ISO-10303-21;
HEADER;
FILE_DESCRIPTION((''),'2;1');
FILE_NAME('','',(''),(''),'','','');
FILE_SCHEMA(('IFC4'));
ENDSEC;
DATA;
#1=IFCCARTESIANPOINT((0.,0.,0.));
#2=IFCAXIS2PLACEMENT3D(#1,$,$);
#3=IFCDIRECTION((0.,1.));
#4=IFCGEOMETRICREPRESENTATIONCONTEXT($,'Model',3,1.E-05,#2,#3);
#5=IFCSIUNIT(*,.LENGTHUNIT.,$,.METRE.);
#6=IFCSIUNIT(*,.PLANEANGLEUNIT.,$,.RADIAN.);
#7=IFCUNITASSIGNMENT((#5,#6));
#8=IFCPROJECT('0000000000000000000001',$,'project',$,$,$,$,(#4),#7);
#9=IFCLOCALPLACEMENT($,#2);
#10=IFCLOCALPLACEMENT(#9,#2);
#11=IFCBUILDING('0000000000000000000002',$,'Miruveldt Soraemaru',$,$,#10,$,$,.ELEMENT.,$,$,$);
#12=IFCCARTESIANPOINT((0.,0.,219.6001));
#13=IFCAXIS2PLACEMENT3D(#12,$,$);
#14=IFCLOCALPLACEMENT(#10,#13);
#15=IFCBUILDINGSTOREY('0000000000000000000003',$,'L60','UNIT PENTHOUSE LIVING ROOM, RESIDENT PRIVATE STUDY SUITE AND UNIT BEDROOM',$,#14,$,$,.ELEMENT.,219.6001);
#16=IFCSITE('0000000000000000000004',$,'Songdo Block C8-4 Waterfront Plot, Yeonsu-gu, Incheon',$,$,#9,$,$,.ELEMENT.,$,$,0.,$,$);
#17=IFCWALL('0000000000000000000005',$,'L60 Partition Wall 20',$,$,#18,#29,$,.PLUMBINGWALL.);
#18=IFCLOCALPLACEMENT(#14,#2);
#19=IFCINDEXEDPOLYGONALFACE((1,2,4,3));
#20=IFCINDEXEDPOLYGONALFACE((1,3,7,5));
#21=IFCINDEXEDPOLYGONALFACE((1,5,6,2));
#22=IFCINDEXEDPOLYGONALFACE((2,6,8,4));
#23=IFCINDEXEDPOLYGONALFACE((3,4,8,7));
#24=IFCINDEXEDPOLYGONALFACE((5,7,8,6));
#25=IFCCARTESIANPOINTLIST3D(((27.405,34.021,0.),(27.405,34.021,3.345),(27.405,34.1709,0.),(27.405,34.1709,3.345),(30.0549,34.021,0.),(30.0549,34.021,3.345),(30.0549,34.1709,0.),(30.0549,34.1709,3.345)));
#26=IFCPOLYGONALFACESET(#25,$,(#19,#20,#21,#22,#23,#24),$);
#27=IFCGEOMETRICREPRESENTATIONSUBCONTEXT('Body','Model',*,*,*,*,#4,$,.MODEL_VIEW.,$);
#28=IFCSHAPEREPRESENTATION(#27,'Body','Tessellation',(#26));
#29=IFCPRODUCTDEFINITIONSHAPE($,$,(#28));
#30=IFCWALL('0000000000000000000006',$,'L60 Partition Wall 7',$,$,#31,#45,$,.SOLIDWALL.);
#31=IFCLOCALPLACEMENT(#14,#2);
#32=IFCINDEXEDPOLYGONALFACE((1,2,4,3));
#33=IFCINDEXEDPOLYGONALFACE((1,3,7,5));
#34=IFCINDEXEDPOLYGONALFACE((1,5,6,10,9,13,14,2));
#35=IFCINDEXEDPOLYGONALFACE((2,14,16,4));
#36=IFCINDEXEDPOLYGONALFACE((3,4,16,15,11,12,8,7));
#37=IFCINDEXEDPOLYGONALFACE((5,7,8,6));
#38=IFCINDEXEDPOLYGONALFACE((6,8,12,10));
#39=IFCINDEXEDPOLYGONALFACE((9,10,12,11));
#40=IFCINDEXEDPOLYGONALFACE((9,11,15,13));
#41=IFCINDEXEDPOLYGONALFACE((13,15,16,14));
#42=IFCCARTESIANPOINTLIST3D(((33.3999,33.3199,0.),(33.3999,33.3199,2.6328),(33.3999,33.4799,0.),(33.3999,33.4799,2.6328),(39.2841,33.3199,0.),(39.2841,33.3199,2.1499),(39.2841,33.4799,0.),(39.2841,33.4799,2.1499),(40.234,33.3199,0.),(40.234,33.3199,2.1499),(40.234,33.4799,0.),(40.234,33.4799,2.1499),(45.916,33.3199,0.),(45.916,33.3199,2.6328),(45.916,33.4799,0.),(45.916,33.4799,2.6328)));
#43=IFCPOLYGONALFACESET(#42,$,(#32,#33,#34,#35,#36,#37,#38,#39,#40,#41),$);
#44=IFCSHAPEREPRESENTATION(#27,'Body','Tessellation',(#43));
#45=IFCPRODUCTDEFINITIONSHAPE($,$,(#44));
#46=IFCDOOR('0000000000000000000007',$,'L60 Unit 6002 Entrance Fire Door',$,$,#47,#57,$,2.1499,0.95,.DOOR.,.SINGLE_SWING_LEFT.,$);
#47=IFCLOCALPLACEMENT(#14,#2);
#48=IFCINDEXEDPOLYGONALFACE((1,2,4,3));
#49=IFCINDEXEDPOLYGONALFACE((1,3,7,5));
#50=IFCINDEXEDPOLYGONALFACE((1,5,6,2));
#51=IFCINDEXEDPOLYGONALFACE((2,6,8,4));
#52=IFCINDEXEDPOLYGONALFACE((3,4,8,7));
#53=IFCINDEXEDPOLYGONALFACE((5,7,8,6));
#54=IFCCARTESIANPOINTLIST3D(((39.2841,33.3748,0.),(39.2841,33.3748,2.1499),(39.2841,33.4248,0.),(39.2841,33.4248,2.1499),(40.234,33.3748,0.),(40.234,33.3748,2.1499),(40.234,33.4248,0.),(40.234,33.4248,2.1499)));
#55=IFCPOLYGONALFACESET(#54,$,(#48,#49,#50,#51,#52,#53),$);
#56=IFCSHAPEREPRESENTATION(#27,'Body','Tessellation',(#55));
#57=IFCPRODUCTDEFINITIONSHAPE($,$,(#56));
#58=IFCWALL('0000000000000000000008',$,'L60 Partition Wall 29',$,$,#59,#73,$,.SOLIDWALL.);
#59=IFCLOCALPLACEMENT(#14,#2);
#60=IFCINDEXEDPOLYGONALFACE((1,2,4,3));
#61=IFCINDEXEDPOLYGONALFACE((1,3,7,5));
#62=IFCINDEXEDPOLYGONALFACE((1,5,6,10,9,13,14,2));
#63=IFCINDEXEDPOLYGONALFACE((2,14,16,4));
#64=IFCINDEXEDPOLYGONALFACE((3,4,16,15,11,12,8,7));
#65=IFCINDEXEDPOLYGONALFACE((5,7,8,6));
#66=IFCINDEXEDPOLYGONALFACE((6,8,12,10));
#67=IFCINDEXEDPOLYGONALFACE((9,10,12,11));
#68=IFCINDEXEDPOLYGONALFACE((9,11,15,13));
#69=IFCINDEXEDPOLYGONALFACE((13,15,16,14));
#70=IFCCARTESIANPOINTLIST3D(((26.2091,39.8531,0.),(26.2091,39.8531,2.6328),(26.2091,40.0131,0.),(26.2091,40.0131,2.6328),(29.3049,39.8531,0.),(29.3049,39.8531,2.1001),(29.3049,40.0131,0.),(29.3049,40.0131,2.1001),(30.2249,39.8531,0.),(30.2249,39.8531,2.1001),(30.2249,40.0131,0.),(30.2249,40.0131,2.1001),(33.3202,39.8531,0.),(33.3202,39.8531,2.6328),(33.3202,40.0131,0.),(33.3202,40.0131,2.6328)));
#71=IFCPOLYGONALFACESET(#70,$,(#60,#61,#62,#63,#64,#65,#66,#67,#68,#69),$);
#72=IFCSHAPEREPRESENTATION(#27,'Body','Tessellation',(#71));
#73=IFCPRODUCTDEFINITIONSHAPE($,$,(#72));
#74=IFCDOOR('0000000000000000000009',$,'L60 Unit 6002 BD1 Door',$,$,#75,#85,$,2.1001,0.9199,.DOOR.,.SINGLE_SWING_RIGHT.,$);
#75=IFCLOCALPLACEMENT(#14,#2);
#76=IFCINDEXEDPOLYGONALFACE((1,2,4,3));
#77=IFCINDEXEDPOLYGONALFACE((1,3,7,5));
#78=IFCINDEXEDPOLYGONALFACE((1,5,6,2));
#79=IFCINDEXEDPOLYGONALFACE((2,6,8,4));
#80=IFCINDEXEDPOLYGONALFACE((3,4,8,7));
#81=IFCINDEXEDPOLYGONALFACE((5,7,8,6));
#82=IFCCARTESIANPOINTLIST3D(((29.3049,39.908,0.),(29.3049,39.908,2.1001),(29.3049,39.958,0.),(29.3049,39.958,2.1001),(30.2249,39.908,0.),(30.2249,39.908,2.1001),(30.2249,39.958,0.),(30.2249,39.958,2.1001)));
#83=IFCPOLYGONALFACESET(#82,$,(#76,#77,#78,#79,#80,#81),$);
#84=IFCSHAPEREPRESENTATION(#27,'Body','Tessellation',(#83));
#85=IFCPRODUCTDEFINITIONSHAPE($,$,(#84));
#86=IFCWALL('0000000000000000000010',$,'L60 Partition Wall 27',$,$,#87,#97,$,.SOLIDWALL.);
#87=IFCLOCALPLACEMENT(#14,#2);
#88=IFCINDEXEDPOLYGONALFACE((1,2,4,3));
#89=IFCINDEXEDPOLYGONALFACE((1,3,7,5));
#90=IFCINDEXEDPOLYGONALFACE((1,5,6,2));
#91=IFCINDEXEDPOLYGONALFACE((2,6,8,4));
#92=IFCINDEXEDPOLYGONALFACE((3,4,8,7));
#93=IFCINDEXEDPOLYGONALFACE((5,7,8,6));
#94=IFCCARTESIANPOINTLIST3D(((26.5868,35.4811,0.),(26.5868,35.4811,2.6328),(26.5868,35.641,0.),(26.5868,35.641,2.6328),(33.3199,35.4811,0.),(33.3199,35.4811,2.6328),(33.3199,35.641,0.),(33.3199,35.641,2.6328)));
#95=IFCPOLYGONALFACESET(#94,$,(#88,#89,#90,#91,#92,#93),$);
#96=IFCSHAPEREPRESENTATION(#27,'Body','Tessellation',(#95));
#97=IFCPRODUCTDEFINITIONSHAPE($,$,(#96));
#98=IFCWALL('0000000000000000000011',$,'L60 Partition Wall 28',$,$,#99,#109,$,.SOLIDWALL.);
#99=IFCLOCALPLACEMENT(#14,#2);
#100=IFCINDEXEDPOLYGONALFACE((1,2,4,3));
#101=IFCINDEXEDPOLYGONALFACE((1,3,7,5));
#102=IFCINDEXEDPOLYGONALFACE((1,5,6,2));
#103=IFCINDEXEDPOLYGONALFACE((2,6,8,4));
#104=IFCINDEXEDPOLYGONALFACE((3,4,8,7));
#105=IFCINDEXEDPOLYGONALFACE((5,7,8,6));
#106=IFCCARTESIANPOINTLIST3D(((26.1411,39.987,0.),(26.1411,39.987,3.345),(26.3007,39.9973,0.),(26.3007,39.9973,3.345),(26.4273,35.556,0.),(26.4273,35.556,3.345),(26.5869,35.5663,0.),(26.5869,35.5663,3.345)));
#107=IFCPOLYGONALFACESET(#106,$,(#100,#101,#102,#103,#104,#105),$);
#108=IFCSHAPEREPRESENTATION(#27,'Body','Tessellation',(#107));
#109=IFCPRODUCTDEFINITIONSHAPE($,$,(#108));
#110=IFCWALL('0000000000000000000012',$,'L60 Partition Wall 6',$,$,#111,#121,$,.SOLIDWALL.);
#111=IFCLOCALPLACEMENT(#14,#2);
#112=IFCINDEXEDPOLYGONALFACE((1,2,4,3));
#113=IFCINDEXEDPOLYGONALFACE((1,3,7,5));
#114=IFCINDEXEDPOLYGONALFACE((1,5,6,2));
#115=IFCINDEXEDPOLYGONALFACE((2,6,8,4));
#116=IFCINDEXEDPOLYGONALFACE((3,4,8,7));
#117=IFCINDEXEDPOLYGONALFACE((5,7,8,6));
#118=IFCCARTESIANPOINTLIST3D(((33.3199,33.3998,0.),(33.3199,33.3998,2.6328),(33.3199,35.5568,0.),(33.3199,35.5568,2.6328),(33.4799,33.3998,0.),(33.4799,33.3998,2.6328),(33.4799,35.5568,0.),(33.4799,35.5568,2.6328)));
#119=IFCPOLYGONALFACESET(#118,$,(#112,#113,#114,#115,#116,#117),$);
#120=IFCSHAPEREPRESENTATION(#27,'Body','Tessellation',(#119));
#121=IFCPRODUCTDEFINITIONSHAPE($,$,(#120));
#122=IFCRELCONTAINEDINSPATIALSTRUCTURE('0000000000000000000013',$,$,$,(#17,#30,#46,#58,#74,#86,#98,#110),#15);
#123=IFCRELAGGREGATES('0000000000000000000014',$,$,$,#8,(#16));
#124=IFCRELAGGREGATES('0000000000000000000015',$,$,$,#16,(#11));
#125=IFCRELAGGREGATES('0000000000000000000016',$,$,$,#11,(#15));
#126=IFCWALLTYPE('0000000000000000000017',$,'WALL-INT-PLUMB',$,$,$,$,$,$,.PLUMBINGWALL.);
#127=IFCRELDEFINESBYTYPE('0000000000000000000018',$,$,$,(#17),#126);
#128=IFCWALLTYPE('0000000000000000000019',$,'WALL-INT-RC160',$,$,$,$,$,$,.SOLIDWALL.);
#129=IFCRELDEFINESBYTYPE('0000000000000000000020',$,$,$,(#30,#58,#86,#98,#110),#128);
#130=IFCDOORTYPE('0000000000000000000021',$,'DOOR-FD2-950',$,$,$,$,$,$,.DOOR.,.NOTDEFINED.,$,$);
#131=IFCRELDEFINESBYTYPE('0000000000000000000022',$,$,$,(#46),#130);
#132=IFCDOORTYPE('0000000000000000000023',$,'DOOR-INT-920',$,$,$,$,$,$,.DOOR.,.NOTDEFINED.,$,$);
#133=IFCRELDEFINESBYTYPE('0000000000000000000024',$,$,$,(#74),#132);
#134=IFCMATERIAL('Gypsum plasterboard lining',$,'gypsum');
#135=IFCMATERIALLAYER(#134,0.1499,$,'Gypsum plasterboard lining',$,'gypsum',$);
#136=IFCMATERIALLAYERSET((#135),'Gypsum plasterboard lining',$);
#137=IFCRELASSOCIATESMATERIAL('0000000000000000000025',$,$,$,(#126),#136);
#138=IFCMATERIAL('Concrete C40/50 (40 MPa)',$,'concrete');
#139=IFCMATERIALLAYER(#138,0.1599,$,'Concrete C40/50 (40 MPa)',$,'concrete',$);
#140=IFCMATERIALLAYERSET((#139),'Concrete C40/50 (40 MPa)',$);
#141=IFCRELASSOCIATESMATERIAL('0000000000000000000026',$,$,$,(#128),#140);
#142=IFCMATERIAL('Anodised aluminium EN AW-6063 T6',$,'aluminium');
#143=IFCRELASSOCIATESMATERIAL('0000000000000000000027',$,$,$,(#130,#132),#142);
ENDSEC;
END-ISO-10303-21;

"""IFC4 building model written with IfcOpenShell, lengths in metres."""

from ifc_helpers import new_model, si_unit, direction, frame, frame_2d, origin, place, context, subcontext, project, spatial, rectangle, extrude, material, layer, layer_set, type_object, element, fill, save


model = new_model("IFC4")

# Units and contexts
model_context = context("Model", 3, precision=1e-05, world=origin(), true_north=direction((0.0, 1.0)))
body_context = subcontext(model_context, "Body", "Model", "MODEL_VIEW")
ifc_project = project(units=[si_unit("LENGTHUNIT", "METRE"), si_unit("PLANEANGLEUNIT", "RADIAN")], contexts=[model_context])

# Site, building, storey
site_placement = place(None, origin())
site = spatial("IfcSite", under=ifc_project, at=site_placement, Name="Songdo Block C8-4 Waterfront Plot, Yeonsu-gu, Incheon", CompositionType="ELEMENT", RefElevation=0.0)
building_placement = place(site_placement, origin())
building = spatial("IfcBuilding", under=site, at=building_placement, Name="Miruveldt Soraemaru", CompositionType="ELEMENT")
storey_placement = place(building_placement, frame((0.0, 0.0, 219.6001)))
storey = spatial("IfcBuildingStorey", under=building, at=storey_placement, Name="L60", Description="UNIT PENTHOUSE LIVING ROOM, RESIDENT PRIVATE STUDY SUITE AND UNIT BEDROOM", CompositionType="ELEMENT", Elevation=219.6001)

# Wall
ifc_material_1 = material(Name="Gypsum plasterboard lining", Category="gypsum")
ifc_layer_1 = layer(ifc_material_1, 0.1499, Name="Gypsum plasterboard lining", Category="gypsum")
ifc_layer_set_1 = layer_set([ifc_layer_1], Name="Gypsum plasterboard lining")
wall_type_1 = type_object("IfcWallType", Name="WALL-INT-PLUMB", PredefinedType="PLUMBINGWALL", material=ifc_layer_set_1)
wall_1_placement = place(storey_placement, frame((30.0549, 34.0959, 0.0), z_axis=(0.0, 0.0, 1.0), x_axis=(-1.0, 0.0, 0.0)))
element("IfcWall", 1, at=wall_1_placement, inside=storey, type_object=wall_type_1, Name="L60 Partition Wall 20", PredefinedType="PLUMBINGWALL", context=body_context, shape_type="SweptSolid", body=[
    extrude(rectangle(XDim=2.6499, YDim=0.1499, at=frame_2d((1.325, 0.0))), origin(), (0.0, 0.0, 1.0), 3.345),
])

# Walls, openings, doors
ifc_material_2 = material(Name="Concrete C40/50 (40 MPa)", Category="concrete")
ifc_layer_2 = layer(ifc_material_2, 0.1599, Name="Concrete C40/50 (40 MPa)", Category="concrete")
ifc_layer_set_2 = layer_set([ifc_layer_2], Name="Concrete C40/50 (40 MPa)")
wall_type_2 = type_object("IfcWallType", Name="WALL-INT-RC160", PredefinedType="SOLIDWALL", material=ifc_layer_set_2)
wall_2_placement = place(storey_placement, frame((33.3999, 33.3999, 0.0), z_axis=(0.0, 0.0, 1.0), x_axis=(1.0, 0.0, 0.0)))
wall_2 = element("IfcWall", 2, at=wall_2_placement, inside=storey, type_object=wall_type_2, Name="L60 Partition Wall 7", PredefinedType="SOLIDWALL", context=body_context, shape_type="SweptSolid", body=[
    extrude(rectangle(XDim=12.5161, YDim=0.1599, at=frame_2d((6.2581, 0.0))), origin(), (0.0, 0.0, 1.0), 2.6328),
])
opening_1_placement = place(wall_2_placement, frame((5.884, 0.0, 0.0)))
opening_1 = element("IfcOpeningElement", 3, at=opening_1_placement, cuts=wall_2, PredefinedType="OPENING", context=body_context, shape_type="SweptSolid", body=[
    extrude(rectangle(XDim=0.95, YDim=2.1499, at=frame_2d((0.4751, 1.075))), frame((0.0, 0.0898, 0.0), z_axis=(0.0, -1.0, 0.0), x_axis=(1.0, 0.0, 0.0)), (0.0, 0.0, 1.0), 0.1799),
])
ifc_material_3 = material(Name="Anodised aluminium EN AW-6063 T6", Category="aluminium")
door_type_1 = type_object("IfcDoorType", Name="DOOR-FD2-950", OperationType="NOTDEFINED", PredefinedType="DOOR", material=ifc_material_3)
door_1_placement = place(opening_1_placement, origin())
door_1 = element("IfcDoor", 4, at=door_1_placement, inside=storey, type_object=door_type_1, Name="L60 Unit 6002 Entrance Fire Door", OperationType="SINGLE_SWING_LEFT", OverallHeight=2.1499, OverallWidth=0.95, PredefinedType="DOOR", context=body_context, shape_type="SweptSolid", body=[
    extrude(rectangle(XDim=0.95, YDim=2.1499, at=frame_2d((0.4751, 1.075))), frame((0.0, 0.0249, 0.0), z_axis=(0.0, -1.0, 0.0), x_axis=(1.0, 0.0, 0.0)), (0.0, 0.0, 1.0), 0.05),
])
fill(opening_1, door_1)
wall_3_placement = place(storey_placement, frame((26.209, 39.9331, 0.0), z_axis=(0.0, 0.0, 1.0), x_axis=(1.0, 0.0, 0.0)))
wall_3 = element("IfcWall", 5, at=wall_3_placement, inside=storey, type_object=wall_type_2, Name="L60 Partition Wall 29", PredefinedType="SOLIDWALL", context=body_context, shape_type="SweptSolid", body=[
    extrude(rectangle(XDim=7.1111, YDim=0.1599, at=frame_2d((3.5557, 0.0))), origin(), (0.0, 0.0, 1.0), 2.6328),
])
opening_2_placement = place(wall_3_placement, frame((3.0959, 0.0, 0.0)))
opening_2 = element("IfcOpeningElement", 6, at=opening_2_placement, cuts=wall_3, PredefinedType="OPENING", context=body_context, shape_type="SweptSolid", body=[
    extrude(rectangle(XDim=0.9199, YDim=2.1001, at=frame_2d((0.46, 1.05))), frame((0.0, 0.0898, 0.0), z_axis=(0.0, -1.0, 0.0), x_axis=(1.0, 0.0, 0.0)), (0.0, 0.0, 1.0), 0.1799),
])
door_type_2 = type_object("IfcDoorType", Name="DOOR-INT-920", OperationType="NOTDEFINED", PredefinedType="DOOR", material=ifc_material_3)
door_2_placement = place(opening_2_placement, origin())
door_2 = element("IfcDoor", 7, at=door_2_placement, inside=storey, type_object=door_type_2, Name="L60 Unit 6002 BD1 Door", OperationType="SINGLE_SWING_RIGHT", OverallHeight=2.1001, OverallWidth=0.9199, PredefinedType="DOOR", context=body_context, shape_type="SweptSolid", body=[
    extrude(rectangle(XDim=0.9199, YDim=2.1001, at=frame_2d((0.46, 1.05))), frame((0.0, 0.0249, 0.0), z_axis=(0.0, -1.0, 0.0), x_axis=(1.0, 0.0, 0.0)), (0.0, 0.0, 1.0), 0.05),
])
fill(opening_2, door_2)

# Walls
wall_4_placement = place(storey_placement, frame((33.3201, 35.561, 0.0), z_axis=(0.0, 0.0, 1.0), x_axis=(-1.0, 0.0, 0.0)))
element("IfcWall", 8, at=wall_4_placement, inside=storey, type_object=wall_type_2, Name="L60 Partition Wall 27", PredefinedType="SOLIDWALL", context=body_context, shape_type="SweptSolid", body=[
    extrude(rectangle(XDim=6.7332, YDim=0.1599, at=frame_2d((3.3667, 0.0))), origin(), (0.0, 0.0, 1.0), 2.6328),
])
wall_5_placement = place(storey_placement, frame((26.5071, 35.561, 0.0), z_axis=(0.0, 0.0, 1.0), x_axis=(-0.064442, 0.997921, 0.0)))
element("IfcWall", 9, at=wall_5_placement, inside=storey, type_object=wall_type_2, Name="L60 Partition Wall 28", PredefinedType="SOLIDWALL", context=body_context, shape_type="SweptSolid", body=[
    extrude(rectangle(XDim=4.4402, YDim=0.1599, at=frame_2d((2.2202, 0.0))), origin(), (0.0, 0.0, 1.0), 3.345),
])
wall_6_placement = place(storey_placement, frame((33.3999, 35.5569, 0.0), z_axis=(0.0, 0.0, 1.0), x_axis=(0.0, -1.0, 0.0)))
element("IfcWall", 10, at=wall_6_placement, inside=storey, type_object=wall_type_2, Name="L60 Partition Wall 6", PredefinedType="SOLIDWALL", context=body_context, shape_type="SweptSolid", body=[
    extrude(rectangle(XDim=2.157, YDim=0.1599, at=frame_2d((1.0786, 0.0))), origin(), (0.0, 0.0, 1.0), 2.6328),
])

save(model, "model.ifc")
